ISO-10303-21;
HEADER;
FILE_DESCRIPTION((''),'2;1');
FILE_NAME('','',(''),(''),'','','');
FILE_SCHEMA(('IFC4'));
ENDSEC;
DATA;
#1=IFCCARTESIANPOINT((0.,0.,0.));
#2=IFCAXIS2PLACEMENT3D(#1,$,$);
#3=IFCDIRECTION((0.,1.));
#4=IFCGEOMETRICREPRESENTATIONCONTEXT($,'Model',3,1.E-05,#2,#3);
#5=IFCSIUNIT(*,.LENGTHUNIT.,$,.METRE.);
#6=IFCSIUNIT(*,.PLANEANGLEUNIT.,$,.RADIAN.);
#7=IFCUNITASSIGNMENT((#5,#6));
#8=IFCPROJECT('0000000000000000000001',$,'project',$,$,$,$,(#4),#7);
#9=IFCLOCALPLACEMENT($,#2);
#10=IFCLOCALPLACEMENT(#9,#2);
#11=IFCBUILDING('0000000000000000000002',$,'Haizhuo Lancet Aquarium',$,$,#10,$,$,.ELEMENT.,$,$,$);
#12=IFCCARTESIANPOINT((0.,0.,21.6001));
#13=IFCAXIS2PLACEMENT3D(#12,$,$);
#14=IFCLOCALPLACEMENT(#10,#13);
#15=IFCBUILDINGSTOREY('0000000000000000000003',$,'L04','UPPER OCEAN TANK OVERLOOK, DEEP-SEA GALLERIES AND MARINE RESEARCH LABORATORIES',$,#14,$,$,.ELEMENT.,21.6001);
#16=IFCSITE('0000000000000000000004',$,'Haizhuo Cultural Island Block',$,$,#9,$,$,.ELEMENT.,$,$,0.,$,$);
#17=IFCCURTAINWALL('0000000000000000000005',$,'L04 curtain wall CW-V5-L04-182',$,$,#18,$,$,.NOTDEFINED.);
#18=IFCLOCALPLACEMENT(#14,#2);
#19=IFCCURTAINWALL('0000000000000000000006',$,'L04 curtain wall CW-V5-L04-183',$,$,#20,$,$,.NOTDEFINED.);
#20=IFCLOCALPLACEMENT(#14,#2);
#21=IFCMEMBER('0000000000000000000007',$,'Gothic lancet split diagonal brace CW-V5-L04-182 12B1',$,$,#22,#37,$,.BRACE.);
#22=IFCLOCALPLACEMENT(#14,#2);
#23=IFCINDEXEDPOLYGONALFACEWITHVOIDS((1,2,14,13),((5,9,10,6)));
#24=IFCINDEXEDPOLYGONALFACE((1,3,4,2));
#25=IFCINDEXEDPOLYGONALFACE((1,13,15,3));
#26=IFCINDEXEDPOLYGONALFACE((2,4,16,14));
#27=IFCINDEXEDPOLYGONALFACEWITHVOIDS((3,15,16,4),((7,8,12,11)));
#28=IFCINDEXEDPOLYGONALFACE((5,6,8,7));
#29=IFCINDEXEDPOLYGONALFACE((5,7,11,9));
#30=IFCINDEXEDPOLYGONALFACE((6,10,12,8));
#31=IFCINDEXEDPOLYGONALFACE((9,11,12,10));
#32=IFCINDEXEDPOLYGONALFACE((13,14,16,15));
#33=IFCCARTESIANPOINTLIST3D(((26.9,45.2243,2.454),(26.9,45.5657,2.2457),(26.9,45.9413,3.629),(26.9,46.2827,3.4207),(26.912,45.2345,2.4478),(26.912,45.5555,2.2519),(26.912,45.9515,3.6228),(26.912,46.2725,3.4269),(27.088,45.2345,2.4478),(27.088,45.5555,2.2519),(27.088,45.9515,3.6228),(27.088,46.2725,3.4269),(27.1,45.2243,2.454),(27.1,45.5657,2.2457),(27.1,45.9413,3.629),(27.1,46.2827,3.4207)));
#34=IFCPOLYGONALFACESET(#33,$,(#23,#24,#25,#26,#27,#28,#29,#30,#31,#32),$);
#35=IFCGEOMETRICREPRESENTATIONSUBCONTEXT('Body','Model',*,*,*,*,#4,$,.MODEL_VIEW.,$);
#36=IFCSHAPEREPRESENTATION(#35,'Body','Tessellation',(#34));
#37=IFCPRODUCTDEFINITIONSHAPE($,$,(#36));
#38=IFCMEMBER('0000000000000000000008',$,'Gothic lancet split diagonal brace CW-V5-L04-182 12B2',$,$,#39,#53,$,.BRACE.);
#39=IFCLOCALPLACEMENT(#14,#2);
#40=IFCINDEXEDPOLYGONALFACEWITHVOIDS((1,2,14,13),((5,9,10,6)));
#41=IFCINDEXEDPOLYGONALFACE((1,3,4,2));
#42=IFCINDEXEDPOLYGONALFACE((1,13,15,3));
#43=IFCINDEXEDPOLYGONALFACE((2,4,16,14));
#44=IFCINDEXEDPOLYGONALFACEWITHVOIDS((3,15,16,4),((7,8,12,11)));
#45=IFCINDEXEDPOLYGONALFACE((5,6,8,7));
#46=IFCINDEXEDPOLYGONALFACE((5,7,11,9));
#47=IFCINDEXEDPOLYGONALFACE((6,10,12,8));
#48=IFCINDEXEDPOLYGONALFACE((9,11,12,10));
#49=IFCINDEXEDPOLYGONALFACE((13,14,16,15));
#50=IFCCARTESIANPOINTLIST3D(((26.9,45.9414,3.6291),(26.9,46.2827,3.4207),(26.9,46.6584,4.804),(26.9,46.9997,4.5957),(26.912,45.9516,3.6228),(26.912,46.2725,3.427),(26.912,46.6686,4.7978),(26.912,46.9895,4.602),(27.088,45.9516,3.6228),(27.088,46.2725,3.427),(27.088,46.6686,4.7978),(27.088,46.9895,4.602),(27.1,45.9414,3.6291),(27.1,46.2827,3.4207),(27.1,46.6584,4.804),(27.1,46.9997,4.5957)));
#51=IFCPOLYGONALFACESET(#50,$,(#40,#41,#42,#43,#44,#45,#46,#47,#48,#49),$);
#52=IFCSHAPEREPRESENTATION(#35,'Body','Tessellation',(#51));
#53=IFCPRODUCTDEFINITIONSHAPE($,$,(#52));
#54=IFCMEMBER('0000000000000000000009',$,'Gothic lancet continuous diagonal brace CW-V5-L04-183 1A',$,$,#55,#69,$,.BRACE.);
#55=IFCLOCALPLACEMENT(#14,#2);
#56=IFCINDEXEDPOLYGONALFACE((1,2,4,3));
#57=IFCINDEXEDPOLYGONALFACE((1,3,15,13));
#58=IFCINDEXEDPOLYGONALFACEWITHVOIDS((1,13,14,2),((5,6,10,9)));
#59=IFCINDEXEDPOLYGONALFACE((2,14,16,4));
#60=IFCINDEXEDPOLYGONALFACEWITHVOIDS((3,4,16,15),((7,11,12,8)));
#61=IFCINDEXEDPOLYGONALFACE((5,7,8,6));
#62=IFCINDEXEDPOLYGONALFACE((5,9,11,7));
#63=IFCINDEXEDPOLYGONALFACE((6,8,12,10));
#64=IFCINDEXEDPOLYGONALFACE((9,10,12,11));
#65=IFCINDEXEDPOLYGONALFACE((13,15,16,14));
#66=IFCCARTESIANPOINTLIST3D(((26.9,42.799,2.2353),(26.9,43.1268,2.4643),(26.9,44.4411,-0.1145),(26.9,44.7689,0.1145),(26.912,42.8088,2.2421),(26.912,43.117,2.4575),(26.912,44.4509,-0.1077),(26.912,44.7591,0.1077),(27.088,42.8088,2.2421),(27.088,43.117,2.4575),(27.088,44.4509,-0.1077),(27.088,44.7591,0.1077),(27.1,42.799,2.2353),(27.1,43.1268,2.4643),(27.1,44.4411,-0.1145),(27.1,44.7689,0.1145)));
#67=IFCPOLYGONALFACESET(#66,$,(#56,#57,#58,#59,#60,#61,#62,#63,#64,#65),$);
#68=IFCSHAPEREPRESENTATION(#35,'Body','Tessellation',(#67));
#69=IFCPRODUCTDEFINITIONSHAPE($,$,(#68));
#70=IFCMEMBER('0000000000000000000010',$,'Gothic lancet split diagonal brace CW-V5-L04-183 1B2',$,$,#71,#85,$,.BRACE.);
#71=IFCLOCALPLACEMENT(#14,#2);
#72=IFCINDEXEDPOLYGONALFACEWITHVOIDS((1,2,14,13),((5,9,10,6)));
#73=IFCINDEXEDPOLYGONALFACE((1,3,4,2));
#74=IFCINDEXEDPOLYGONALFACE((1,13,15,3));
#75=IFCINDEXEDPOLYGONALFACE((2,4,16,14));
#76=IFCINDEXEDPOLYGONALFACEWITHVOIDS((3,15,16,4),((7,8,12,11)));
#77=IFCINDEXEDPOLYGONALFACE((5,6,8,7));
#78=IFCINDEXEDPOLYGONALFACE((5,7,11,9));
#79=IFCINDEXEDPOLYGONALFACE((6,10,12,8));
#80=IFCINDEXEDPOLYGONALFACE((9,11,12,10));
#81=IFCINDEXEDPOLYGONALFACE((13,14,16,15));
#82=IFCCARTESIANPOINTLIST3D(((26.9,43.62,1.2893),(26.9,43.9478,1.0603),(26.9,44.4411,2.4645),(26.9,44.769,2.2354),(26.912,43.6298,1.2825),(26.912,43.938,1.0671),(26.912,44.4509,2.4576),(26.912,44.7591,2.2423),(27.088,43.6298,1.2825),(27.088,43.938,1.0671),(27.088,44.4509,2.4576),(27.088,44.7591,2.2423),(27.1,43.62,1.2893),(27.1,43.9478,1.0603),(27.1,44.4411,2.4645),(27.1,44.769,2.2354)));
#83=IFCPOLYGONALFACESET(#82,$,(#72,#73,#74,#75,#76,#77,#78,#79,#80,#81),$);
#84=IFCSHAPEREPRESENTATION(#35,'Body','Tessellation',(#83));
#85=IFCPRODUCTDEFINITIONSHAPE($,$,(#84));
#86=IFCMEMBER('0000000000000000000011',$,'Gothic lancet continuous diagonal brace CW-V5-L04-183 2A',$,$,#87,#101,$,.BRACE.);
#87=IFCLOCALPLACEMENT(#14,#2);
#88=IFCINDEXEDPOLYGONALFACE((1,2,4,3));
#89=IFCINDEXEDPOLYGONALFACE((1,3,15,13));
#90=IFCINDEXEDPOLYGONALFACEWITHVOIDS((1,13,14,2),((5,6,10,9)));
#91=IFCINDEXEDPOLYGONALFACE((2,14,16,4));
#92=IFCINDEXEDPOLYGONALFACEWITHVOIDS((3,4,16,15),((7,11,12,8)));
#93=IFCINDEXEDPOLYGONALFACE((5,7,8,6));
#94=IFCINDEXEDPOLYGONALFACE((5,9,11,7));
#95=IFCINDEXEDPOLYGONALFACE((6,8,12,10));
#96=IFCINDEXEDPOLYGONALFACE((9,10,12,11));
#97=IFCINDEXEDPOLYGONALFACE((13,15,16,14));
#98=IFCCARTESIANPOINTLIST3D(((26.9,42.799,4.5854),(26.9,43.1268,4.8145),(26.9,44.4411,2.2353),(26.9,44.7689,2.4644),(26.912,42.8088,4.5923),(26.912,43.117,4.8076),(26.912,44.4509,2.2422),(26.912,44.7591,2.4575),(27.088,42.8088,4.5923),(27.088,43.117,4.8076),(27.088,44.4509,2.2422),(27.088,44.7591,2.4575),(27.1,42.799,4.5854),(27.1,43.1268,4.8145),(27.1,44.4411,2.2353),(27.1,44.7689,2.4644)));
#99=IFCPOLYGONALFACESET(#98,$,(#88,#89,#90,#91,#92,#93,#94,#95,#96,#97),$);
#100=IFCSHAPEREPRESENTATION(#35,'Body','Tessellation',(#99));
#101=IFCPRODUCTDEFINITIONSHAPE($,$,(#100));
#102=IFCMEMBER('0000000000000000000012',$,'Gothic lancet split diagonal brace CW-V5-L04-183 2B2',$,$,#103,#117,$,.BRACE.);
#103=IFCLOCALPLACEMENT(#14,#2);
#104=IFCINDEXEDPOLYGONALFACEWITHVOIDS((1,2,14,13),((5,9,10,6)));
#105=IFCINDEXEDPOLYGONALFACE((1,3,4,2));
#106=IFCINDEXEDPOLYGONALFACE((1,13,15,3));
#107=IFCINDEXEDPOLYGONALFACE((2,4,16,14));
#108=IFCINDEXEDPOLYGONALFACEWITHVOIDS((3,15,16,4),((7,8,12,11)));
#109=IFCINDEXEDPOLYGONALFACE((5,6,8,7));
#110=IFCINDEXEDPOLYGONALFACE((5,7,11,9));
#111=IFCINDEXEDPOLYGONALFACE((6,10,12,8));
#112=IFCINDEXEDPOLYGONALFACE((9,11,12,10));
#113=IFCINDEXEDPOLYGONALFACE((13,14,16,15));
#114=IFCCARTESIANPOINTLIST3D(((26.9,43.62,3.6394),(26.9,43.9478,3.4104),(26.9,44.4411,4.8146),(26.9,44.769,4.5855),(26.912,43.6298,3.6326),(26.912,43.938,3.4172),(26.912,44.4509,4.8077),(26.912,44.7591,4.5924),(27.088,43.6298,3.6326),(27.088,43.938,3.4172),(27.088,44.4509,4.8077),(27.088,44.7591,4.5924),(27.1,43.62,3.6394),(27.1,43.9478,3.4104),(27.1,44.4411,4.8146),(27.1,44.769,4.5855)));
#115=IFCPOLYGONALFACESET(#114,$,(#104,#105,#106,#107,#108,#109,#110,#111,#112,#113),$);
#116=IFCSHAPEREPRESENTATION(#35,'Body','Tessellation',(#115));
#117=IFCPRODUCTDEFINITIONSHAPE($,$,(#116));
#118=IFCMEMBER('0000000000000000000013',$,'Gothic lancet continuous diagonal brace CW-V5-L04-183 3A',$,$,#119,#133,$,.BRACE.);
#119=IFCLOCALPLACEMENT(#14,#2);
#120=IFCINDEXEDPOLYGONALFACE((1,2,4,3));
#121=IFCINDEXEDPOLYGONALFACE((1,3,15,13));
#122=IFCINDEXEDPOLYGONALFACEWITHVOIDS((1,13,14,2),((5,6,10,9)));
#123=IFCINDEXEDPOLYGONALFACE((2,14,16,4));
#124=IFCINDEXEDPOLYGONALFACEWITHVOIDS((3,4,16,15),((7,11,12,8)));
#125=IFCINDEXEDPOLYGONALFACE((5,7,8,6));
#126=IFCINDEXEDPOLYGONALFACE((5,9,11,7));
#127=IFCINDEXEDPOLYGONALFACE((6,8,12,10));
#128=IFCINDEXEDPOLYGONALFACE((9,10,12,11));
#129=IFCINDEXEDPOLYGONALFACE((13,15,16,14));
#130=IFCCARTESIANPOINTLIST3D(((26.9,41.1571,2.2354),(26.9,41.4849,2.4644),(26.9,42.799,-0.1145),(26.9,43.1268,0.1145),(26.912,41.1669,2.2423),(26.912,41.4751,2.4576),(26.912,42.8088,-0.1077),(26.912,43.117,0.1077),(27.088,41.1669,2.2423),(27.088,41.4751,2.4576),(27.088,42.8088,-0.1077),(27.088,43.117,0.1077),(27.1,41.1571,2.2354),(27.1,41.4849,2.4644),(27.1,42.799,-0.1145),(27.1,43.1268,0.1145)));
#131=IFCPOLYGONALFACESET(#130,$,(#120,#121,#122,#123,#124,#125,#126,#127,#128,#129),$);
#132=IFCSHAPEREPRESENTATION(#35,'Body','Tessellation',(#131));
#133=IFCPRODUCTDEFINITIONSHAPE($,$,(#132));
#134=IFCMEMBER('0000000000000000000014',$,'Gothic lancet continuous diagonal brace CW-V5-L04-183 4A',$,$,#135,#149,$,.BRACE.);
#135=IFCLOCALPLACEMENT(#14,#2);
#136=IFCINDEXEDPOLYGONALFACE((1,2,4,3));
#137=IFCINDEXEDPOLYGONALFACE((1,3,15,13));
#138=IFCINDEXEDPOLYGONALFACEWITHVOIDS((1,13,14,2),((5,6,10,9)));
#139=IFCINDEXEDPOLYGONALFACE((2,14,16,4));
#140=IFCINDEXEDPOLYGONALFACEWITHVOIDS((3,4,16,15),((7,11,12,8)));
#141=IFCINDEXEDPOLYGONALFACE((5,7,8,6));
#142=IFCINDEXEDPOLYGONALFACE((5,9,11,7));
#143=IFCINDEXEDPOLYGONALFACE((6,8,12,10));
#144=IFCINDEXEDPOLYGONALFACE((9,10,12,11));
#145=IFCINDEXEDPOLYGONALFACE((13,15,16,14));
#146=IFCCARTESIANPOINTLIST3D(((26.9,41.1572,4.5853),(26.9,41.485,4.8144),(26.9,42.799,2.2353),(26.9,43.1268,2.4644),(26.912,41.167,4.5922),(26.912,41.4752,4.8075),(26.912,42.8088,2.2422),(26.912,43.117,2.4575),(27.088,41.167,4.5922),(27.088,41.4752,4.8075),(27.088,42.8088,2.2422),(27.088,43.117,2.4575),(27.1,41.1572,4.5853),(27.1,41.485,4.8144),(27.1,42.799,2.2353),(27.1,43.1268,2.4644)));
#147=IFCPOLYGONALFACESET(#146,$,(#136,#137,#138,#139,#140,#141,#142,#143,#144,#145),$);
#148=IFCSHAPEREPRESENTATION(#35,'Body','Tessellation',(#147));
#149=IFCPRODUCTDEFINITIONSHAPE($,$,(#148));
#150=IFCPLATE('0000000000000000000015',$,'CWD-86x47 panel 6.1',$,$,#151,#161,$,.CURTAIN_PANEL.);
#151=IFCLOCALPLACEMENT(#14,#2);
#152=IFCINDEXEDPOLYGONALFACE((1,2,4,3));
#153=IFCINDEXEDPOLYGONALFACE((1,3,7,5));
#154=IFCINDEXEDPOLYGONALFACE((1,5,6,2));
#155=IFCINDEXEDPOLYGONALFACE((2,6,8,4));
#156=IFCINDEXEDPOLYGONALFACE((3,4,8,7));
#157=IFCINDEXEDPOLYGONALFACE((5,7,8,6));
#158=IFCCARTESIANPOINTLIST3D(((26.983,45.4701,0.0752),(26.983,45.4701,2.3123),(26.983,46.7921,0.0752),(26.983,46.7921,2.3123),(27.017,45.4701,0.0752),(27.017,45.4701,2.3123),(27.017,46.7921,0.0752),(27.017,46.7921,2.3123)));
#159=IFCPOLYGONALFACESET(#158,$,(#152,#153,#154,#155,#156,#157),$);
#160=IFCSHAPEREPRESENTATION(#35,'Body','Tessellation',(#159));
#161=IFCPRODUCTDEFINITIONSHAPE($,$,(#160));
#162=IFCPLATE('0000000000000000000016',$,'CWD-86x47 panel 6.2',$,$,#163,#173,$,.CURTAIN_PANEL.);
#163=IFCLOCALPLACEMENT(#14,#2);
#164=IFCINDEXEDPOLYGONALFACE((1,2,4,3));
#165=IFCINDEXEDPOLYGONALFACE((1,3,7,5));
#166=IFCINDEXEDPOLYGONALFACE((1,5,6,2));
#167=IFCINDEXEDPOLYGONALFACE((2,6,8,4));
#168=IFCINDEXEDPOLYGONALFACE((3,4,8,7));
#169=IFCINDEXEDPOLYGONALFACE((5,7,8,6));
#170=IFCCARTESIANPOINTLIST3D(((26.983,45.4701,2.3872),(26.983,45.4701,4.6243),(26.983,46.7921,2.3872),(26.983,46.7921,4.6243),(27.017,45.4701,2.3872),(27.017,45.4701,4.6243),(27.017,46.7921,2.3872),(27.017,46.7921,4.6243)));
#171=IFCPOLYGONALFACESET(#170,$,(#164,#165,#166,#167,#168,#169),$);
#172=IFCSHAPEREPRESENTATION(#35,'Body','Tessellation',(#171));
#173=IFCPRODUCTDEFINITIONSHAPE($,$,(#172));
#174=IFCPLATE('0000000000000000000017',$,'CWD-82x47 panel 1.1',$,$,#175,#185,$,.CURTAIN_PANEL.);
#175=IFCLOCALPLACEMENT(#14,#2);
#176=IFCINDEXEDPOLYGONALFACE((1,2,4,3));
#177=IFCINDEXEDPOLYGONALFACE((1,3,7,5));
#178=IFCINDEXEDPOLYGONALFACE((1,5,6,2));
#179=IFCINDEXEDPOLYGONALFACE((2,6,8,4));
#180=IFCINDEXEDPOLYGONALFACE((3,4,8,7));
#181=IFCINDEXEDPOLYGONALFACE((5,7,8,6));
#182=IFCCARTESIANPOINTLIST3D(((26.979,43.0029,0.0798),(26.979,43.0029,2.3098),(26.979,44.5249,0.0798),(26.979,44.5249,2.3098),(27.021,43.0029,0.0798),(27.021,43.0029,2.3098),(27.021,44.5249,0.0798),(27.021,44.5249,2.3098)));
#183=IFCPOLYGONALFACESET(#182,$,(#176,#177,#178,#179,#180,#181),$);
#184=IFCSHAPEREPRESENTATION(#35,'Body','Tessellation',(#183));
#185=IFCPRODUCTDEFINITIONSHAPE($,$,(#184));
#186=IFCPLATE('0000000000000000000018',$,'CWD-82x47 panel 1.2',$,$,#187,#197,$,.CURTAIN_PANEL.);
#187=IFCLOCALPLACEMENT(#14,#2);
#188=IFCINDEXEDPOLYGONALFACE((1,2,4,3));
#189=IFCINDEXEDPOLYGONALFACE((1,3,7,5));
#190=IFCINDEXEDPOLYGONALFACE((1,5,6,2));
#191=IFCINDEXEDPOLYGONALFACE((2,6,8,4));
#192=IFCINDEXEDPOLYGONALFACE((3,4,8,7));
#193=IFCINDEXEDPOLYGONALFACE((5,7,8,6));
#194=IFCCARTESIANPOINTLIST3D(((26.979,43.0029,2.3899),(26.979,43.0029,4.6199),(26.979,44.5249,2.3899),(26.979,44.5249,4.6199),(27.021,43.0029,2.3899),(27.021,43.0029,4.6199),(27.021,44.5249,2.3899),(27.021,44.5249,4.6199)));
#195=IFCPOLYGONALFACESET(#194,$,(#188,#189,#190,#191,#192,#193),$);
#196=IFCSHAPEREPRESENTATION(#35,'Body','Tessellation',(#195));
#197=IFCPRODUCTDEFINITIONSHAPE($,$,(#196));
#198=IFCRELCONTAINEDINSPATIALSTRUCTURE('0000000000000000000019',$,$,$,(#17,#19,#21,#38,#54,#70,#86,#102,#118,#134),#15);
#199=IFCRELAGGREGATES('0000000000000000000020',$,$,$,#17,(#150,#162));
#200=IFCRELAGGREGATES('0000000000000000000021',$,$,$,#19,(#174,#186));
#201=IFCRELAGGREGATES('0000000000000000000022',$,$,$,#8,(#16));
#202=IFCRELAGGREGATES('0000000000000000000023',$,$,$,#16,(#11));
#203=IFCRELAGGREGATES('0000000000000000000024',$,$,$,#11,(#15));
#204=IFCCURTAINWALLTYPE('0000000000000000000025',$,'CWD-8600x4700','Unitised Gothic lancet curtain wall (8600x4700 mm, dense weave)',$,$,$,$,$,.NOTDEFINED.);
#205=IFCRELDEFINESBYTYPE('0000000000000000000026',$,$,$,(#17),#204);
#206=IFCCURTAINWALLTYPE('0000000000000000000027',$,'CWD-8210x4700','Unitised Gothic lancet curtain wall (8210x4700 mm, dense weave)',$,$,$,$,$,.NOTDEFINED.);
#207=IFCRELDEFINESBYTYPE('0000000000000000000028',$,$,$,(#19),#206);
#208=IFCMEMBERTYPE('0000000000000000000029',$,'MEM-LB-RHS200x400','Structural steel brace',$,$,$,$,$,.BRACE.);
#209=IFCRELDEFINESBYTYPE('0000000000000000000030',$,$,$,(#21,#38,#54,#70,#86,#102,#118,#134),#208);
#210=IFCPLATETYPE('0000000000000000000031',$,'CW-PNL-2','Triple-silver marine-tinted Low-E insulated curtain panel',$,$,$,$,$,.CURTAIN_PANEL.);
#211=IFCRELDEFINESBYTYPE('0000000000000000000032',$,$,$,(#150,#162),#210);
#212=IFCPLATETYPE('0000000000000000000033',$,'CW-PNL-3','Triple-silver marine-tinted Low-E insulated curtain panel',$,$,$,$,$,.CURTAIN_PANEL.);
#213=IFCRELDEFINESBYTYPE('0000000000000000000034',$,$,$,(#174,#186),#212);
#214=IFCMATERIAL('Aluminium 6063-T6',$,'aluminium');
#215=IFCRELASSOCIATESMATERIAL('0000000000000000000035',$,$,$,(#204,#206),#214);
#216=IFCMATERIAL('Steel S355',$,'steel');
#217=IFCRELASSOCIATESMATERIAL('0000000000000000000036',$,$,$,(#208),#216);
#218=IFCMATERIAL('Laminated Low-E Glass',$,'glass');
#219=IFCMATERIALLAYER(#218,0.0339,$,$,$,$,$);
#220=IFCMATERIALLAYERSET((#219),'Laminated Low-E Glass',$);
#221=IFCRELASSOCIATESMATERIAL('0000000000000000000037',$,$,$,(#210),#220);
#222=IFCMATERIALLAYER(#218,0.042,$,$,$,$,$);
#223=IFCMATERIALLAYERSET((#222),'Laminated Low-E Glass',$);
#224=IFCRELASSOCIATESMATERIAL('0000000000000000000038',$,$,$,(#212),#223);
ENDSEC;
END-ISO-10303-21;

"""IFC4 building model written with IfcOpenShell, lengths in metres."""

from ifc_helpers import new_model, si_unit, direction, frame, origin, origin_2d, place, context, subcontext, project, spatial, rectangle, hollow_rectangle, extrude, material, layer, layer_set, material_profile, profile_set, type_object, element, aggregate, save


model = new_model("IFC4")

# Units and contexts
model_context = context("Model", 3, precision=1e-05, world=origin(), true_north=direction((0.0, 1.0)))
body_context = subcontext(model_context, "Body", "Model", "MODEL_VIEW")
ifc_project = project(units=[si_unit("LENGTHUNIT", "METRE"), si_unit("PLANEANGLEUNIT", "RADIAN")], contexts=[model_context])

# Site, building, storey
site_placement = place(None, origin())
site = spatial("IfcSite", under=ifc_project, at=site_placement, Name="Haizhuo Cultural Island Block", CompositionType="ELEMENT", RefElevation=0.0)
building_placement = place(site_placement, origin())
building = spatial("IfcBuilding", under=site, at=building_placement, Name="Haizhuo Lancet Aquarium", CompositionType="ELEMENT")
storey_placement = place(building_placement, frame((0.0, 0.0, 21.6001)))
storey = spatial("IfcBuildingStorey", under=building, at=storey_placement, Name="L04", Description="UPPER OCEAN TANK OVERLOOK, DEEP-SEA GALLERIES AND MARINE RESEARCH LABORATORIES", CompositionType="ELEMENT", Elevation=21.6001)

# Curtain walls
ifc_material_1 = material(Name="Aluminium 6063-T6", Category="aluminium")
curtain_wall_type_1 = type_object("IfcCurtainWallType", Name="CWD-8600x4700", Description="Unitised Gothic lancet curtain wall (8600x4700 mm, dense weave)", PredefinedType="NOTDEFINED", material=ifc_material_1)
curtain_wall_1_placement = place(storey_placement, origin())
curtain_wall_1 = element("IfcCurtainWall", 1, at=curtain_wall_1_placement, inside=storey, type_object=curtain_wall_type_1, Name="L04 curtain wall CW-V5-L04-182", PredefinedType="NOTDEFINED")
curtain_wall_type_2 = type_object("IfcCurtainWallType", Name="CWD-8210x4700", Description="Unitised Gothic lancet curtain wall (8210x4700 mm, dense weave)", PredefinedType="NOTDEFINED", material=ifc_material_1)
curtain_wall_2_placement = place(storey_placement, origin())
curtain_wall_2 = element("IfcCurtainWall", 2, at=curtain_wall_2_placement, inside=storey, type_object=curtain_wall_type_2, Name="L04 curtain wall CW-V5-L04-183", PredefinedType="NOTDEFINED")

# Members
ifc_material_2 = material(Name="Steel S355", Category="steel")
ifc_material_profile_1 = material_profile(ifc_material_2, hollow_rectangle(XDim=0.2, YDim=0.3999, WallThickness=0.012, at=origin_2d()), Name="RHS 200x400x12")
ifc_profile_set_1 = profile_set([ifc_material_profile_1], Name="Steel S355")
member_type_1 = type_object("IfcMemberType", Name="MEM-LB-RHS200x400", Description="Structural steel brace", PredefinedType="BRACE", material=ifc_profile_set_1)
for number, where, z_axis, x_axis, name in (
    (3, (27.0, 45.395, 2.3499), (0.0, 0.520898, 0.853619), (-1.0, 0.0, 0.0), "Gothic lancet split diagonal brace CW-V5-L04-182 12B1"),
    (4, (27.0, 46.1121, 3.5249), (0.0, 0.520898, 0.853619), (-1.0, 0.0, 0.0), "Gothic lancet split diagonal brace CW-V5-L04-182 12B2"),
):
    element("IfcMember", number, at=place(storey_placement, frame(where, z_axis=z_axis, x_axis=x_axis)), inside=storey, type_object=member_type_1, Name=name, PredefinedType="BRACE", context=body_context, shape_type="SweptSolid", body=[
        extrude(hollow_rectangle(XDim=0.2, YDim=0.3999, WallThickness=0.012, at=origin_2d()), origin(), (0.0, 0.0, 1.0), 1.3765),
    ])
member_1_placement = place(storey_placement, frame((27.0, 44.605, 0.0), z_axis=(0.0, -0.572805, 0.819692), x_axis=(1.0, 0.0, 0.0)))
element("IfcMember", 5, at=member_1_placement, inside=storey, type_object=member_type_1, Name="Gothic lancet continuous diagonal brace CW-V5-L04-183 1A", PredefinedType="BRACE", context=body_context, shape_type="SweptSolid", body=[
    extrude(hollow_rectangle(XDim=0.2, YDim=0.3999, WallThickness=0.012, at=origin_2d()), origin(), (0.0, 0.0, 1.0), 2.8667),
])
member_2_placement = place(storey_placement, frame((27.0, 43.7839, 1.1748), z_axis=(0.0, 0.572765, 0.81972), x_axis=(-1.0, 0.0, 0.0)))
element("IfcMember", 6, at=member_2_placement, inside=storey, type_object=member_type_1, Name="Gothic lancet split diagonal brace CW-V5-L04-183 1B2", PredefinedType="BRACE", context=body_context, shape_type="SweptSolid", body=[
    extrude(hollow_rectangle(XDim=0.2, YDim=0.3999, WallThickness=0.012, at=origin_2d()), origin(), (0.0, 0.0, 1.0), 1.4336),
])
member_3_placement = place(storey_placement, frame((27.0, 44.605, 2.3499), z_axis=(0.0, -0.572765, 0.81972), x_axis=(1.0, 0.0, 0.0)))
element("IfcMember", 7, at=member_3_placement, inside=storey, type_object=member_type_1, Name="Gothic lancet continuous diagonal brace CW-V5-L04-183 2A", PredefinedType="BRACE", context=body_context, shape_type="SweptSolid", body=[
    extrude(hollow_rectangle(XDim=0.2, YDim=0.3999, WallThickness=0.012, at=origin_2d()), origin(), (0.0, 0.0, 1.0), 2.8669),
])
member_4_placement = place(storey_placement, frame((27.0, 43.7839, 3.5249), z_axis=(0.0, 0.572765, 0.81972), x_axis=(-1.0, 0.0, 0.0)))
element("IfcMember", 8, at=member_4_placement, inside=storey, type_object=member_type_1, Name="Gothic lancet split diagonal brace CW-V5-L04-183 2B2", PredefinedType="BRACE", context=body_context, shape_type="SweptSolid", body=[
    extrude(hollow_rectangle(XDim=0.2, YDim=0.3999, WallThickness=0.012, at=origin_2d()), origin(), (0.0, 0.0, 1.0), 1.4336),
])
for number, where, z_axis, x_axis, name in (
    (9, (27.0, 42.9629, 0.0), (0.0, -0.572748, 0.819732), (1.0, 0.0, 0.0), "Gothic lancet continuous diagonal brace CW-V5-L04-183 3A"),
    (10, (27.0, 42.9629, 2.3499), (0.0, -0.572708, 0.81976), (1.0, 0.0, 0.0), "Gothic lancet continuous diagonal brace CW-V5-L04-183 4A"),
):
    element("IfcMember", number, at=place(storey_placement, frame(where, z_axis=z_axis, x_axis=x_axis)), inside=storey, type_object=member_type_1, Name=name, PredefinedType="BRACE", context=body_context, shape_type="SweptSolid", body=[
        extrude(hollow_rectangle(XDim=0.2, YDim=0.3999, WallThickness=0.012, at=origin_2d()), origin(), (0.0, 0.0, 1.0), 2.8667),
    ])

# Plates
ifc_material_3 = material(Name="Laminated Low-E Glass", Category="glass")
ifc_layer_1 = layer(ifc_material_3, 0.0339)
ifc_layer_set_1 = layer_set([ifc_layer_1], Name="Laminated Low-E Glass")
plate_type_1 = type_object("IfcPlateType", Name="CW-PNL-2", Description="Triple-silver marine-tinted Low-E insulated curtain panel", PredefinedType="CURTAIN_PANEL", material=ifc_layer_set_1)
plate_1_placement = place(storey_placement, frame((27.0, 46.1311, 0.0752), z_axis=(0.0, 0.0, 1.0), x_axis=(0.0, -1.0, 0.0)))
plate_1 = element("IfcPlate", 11, at=plate_1_placement, type_object=plate_type_1, Name="CWD-86x47 panel 6.1", PredefinedType="CURTAIN_PANEL", context=body_context, shape_type="SweptSolid", body=[
    extrude(rectangle(XDim=1.322, YDim=0.0339, at=origin_2d()), origin(), (0.0, 0.0, 1.0), 2.2371),
])
plate_2_placement = place(storey_placement, frame((27.0, 46.1311, 2.3872), z_axis=(0.0, 0.0, 1.0), x_axis=(0.0, -1.0, 0.0)))
plate_2 = element("IfcPlate", 12, at=plate_2_placement, type_object=plate_type_1, Name="CWD-86x47 panel 6.2", PredefinedType="CURTAIN_PANEL", context=body_context, shape_type="SweptSolid", body=[
    extrude(rectangle(XDim=1.322, YDim=0.0339, at=origin_2d()), origin(), (0.0, 0.0, 1.0), 2.2371),
])
aggregate(curtain_wall_1, [plate_1, plate_2])
ifc_layer_2 = layer(ifc_material_3, 0.042)
ifc_layer_set_2 = layer_set([ifc_layer_2], Name="Laminated Low-E Glass")
plate_type_2 = type_object("IfcPlateType", Name="CW-PNL-3", Description="Triple-silver marine-tinted Low-E insulated curtain panel", PredefinedType="CURTAIN_PANEL", material=ifc_layer_set_2)
plate_3_placement = place(storey_placement, frame((27.0, 43.7639, 0.0798), z_axis=(0.0, 0.0, 1.0), x_axis=(0.0, -1.0, 0.0)))
plate_3 = element("IfcPlate", 13, at=plate_3_placement, type_object=plate_type_2, Name="CWD-82x47 panel 1.1", PredefinedType="CURTAIN_PANEL", context=body_context, shape_type="SweptSolid", body=[
    extrude(rectangle(XDim=1.522, YDim=0.042, at=origin_2d()), origin(), (0.0, 0.0, 1.0), 2.23),
])
plate_4_placement = place(storey_placement, frame((27.0, 43.7639, 2.3899), z_axis=(0.0, 0.0, 1.0), x_axis=(0.0, -1.0, 0.0)))
plate_4 = element("IfcPlate", 14, at=plate_4_placement, type_object=plate_type_2, Name="CWD-82x47 panel 1.2", PredefinedType="CURTAIN_PANEL", context=body_context, shape_type="SweptSolid", body=[
    extrude(rectangle(XDim=1.522, YDim=0.042, at=origin_2d()), origin(), (0.0, 0.0, 1.0), 2.23),
])
aggregate(curtain_wall_2, [plate_3, plate_4])

save(model, "model.ifc")
